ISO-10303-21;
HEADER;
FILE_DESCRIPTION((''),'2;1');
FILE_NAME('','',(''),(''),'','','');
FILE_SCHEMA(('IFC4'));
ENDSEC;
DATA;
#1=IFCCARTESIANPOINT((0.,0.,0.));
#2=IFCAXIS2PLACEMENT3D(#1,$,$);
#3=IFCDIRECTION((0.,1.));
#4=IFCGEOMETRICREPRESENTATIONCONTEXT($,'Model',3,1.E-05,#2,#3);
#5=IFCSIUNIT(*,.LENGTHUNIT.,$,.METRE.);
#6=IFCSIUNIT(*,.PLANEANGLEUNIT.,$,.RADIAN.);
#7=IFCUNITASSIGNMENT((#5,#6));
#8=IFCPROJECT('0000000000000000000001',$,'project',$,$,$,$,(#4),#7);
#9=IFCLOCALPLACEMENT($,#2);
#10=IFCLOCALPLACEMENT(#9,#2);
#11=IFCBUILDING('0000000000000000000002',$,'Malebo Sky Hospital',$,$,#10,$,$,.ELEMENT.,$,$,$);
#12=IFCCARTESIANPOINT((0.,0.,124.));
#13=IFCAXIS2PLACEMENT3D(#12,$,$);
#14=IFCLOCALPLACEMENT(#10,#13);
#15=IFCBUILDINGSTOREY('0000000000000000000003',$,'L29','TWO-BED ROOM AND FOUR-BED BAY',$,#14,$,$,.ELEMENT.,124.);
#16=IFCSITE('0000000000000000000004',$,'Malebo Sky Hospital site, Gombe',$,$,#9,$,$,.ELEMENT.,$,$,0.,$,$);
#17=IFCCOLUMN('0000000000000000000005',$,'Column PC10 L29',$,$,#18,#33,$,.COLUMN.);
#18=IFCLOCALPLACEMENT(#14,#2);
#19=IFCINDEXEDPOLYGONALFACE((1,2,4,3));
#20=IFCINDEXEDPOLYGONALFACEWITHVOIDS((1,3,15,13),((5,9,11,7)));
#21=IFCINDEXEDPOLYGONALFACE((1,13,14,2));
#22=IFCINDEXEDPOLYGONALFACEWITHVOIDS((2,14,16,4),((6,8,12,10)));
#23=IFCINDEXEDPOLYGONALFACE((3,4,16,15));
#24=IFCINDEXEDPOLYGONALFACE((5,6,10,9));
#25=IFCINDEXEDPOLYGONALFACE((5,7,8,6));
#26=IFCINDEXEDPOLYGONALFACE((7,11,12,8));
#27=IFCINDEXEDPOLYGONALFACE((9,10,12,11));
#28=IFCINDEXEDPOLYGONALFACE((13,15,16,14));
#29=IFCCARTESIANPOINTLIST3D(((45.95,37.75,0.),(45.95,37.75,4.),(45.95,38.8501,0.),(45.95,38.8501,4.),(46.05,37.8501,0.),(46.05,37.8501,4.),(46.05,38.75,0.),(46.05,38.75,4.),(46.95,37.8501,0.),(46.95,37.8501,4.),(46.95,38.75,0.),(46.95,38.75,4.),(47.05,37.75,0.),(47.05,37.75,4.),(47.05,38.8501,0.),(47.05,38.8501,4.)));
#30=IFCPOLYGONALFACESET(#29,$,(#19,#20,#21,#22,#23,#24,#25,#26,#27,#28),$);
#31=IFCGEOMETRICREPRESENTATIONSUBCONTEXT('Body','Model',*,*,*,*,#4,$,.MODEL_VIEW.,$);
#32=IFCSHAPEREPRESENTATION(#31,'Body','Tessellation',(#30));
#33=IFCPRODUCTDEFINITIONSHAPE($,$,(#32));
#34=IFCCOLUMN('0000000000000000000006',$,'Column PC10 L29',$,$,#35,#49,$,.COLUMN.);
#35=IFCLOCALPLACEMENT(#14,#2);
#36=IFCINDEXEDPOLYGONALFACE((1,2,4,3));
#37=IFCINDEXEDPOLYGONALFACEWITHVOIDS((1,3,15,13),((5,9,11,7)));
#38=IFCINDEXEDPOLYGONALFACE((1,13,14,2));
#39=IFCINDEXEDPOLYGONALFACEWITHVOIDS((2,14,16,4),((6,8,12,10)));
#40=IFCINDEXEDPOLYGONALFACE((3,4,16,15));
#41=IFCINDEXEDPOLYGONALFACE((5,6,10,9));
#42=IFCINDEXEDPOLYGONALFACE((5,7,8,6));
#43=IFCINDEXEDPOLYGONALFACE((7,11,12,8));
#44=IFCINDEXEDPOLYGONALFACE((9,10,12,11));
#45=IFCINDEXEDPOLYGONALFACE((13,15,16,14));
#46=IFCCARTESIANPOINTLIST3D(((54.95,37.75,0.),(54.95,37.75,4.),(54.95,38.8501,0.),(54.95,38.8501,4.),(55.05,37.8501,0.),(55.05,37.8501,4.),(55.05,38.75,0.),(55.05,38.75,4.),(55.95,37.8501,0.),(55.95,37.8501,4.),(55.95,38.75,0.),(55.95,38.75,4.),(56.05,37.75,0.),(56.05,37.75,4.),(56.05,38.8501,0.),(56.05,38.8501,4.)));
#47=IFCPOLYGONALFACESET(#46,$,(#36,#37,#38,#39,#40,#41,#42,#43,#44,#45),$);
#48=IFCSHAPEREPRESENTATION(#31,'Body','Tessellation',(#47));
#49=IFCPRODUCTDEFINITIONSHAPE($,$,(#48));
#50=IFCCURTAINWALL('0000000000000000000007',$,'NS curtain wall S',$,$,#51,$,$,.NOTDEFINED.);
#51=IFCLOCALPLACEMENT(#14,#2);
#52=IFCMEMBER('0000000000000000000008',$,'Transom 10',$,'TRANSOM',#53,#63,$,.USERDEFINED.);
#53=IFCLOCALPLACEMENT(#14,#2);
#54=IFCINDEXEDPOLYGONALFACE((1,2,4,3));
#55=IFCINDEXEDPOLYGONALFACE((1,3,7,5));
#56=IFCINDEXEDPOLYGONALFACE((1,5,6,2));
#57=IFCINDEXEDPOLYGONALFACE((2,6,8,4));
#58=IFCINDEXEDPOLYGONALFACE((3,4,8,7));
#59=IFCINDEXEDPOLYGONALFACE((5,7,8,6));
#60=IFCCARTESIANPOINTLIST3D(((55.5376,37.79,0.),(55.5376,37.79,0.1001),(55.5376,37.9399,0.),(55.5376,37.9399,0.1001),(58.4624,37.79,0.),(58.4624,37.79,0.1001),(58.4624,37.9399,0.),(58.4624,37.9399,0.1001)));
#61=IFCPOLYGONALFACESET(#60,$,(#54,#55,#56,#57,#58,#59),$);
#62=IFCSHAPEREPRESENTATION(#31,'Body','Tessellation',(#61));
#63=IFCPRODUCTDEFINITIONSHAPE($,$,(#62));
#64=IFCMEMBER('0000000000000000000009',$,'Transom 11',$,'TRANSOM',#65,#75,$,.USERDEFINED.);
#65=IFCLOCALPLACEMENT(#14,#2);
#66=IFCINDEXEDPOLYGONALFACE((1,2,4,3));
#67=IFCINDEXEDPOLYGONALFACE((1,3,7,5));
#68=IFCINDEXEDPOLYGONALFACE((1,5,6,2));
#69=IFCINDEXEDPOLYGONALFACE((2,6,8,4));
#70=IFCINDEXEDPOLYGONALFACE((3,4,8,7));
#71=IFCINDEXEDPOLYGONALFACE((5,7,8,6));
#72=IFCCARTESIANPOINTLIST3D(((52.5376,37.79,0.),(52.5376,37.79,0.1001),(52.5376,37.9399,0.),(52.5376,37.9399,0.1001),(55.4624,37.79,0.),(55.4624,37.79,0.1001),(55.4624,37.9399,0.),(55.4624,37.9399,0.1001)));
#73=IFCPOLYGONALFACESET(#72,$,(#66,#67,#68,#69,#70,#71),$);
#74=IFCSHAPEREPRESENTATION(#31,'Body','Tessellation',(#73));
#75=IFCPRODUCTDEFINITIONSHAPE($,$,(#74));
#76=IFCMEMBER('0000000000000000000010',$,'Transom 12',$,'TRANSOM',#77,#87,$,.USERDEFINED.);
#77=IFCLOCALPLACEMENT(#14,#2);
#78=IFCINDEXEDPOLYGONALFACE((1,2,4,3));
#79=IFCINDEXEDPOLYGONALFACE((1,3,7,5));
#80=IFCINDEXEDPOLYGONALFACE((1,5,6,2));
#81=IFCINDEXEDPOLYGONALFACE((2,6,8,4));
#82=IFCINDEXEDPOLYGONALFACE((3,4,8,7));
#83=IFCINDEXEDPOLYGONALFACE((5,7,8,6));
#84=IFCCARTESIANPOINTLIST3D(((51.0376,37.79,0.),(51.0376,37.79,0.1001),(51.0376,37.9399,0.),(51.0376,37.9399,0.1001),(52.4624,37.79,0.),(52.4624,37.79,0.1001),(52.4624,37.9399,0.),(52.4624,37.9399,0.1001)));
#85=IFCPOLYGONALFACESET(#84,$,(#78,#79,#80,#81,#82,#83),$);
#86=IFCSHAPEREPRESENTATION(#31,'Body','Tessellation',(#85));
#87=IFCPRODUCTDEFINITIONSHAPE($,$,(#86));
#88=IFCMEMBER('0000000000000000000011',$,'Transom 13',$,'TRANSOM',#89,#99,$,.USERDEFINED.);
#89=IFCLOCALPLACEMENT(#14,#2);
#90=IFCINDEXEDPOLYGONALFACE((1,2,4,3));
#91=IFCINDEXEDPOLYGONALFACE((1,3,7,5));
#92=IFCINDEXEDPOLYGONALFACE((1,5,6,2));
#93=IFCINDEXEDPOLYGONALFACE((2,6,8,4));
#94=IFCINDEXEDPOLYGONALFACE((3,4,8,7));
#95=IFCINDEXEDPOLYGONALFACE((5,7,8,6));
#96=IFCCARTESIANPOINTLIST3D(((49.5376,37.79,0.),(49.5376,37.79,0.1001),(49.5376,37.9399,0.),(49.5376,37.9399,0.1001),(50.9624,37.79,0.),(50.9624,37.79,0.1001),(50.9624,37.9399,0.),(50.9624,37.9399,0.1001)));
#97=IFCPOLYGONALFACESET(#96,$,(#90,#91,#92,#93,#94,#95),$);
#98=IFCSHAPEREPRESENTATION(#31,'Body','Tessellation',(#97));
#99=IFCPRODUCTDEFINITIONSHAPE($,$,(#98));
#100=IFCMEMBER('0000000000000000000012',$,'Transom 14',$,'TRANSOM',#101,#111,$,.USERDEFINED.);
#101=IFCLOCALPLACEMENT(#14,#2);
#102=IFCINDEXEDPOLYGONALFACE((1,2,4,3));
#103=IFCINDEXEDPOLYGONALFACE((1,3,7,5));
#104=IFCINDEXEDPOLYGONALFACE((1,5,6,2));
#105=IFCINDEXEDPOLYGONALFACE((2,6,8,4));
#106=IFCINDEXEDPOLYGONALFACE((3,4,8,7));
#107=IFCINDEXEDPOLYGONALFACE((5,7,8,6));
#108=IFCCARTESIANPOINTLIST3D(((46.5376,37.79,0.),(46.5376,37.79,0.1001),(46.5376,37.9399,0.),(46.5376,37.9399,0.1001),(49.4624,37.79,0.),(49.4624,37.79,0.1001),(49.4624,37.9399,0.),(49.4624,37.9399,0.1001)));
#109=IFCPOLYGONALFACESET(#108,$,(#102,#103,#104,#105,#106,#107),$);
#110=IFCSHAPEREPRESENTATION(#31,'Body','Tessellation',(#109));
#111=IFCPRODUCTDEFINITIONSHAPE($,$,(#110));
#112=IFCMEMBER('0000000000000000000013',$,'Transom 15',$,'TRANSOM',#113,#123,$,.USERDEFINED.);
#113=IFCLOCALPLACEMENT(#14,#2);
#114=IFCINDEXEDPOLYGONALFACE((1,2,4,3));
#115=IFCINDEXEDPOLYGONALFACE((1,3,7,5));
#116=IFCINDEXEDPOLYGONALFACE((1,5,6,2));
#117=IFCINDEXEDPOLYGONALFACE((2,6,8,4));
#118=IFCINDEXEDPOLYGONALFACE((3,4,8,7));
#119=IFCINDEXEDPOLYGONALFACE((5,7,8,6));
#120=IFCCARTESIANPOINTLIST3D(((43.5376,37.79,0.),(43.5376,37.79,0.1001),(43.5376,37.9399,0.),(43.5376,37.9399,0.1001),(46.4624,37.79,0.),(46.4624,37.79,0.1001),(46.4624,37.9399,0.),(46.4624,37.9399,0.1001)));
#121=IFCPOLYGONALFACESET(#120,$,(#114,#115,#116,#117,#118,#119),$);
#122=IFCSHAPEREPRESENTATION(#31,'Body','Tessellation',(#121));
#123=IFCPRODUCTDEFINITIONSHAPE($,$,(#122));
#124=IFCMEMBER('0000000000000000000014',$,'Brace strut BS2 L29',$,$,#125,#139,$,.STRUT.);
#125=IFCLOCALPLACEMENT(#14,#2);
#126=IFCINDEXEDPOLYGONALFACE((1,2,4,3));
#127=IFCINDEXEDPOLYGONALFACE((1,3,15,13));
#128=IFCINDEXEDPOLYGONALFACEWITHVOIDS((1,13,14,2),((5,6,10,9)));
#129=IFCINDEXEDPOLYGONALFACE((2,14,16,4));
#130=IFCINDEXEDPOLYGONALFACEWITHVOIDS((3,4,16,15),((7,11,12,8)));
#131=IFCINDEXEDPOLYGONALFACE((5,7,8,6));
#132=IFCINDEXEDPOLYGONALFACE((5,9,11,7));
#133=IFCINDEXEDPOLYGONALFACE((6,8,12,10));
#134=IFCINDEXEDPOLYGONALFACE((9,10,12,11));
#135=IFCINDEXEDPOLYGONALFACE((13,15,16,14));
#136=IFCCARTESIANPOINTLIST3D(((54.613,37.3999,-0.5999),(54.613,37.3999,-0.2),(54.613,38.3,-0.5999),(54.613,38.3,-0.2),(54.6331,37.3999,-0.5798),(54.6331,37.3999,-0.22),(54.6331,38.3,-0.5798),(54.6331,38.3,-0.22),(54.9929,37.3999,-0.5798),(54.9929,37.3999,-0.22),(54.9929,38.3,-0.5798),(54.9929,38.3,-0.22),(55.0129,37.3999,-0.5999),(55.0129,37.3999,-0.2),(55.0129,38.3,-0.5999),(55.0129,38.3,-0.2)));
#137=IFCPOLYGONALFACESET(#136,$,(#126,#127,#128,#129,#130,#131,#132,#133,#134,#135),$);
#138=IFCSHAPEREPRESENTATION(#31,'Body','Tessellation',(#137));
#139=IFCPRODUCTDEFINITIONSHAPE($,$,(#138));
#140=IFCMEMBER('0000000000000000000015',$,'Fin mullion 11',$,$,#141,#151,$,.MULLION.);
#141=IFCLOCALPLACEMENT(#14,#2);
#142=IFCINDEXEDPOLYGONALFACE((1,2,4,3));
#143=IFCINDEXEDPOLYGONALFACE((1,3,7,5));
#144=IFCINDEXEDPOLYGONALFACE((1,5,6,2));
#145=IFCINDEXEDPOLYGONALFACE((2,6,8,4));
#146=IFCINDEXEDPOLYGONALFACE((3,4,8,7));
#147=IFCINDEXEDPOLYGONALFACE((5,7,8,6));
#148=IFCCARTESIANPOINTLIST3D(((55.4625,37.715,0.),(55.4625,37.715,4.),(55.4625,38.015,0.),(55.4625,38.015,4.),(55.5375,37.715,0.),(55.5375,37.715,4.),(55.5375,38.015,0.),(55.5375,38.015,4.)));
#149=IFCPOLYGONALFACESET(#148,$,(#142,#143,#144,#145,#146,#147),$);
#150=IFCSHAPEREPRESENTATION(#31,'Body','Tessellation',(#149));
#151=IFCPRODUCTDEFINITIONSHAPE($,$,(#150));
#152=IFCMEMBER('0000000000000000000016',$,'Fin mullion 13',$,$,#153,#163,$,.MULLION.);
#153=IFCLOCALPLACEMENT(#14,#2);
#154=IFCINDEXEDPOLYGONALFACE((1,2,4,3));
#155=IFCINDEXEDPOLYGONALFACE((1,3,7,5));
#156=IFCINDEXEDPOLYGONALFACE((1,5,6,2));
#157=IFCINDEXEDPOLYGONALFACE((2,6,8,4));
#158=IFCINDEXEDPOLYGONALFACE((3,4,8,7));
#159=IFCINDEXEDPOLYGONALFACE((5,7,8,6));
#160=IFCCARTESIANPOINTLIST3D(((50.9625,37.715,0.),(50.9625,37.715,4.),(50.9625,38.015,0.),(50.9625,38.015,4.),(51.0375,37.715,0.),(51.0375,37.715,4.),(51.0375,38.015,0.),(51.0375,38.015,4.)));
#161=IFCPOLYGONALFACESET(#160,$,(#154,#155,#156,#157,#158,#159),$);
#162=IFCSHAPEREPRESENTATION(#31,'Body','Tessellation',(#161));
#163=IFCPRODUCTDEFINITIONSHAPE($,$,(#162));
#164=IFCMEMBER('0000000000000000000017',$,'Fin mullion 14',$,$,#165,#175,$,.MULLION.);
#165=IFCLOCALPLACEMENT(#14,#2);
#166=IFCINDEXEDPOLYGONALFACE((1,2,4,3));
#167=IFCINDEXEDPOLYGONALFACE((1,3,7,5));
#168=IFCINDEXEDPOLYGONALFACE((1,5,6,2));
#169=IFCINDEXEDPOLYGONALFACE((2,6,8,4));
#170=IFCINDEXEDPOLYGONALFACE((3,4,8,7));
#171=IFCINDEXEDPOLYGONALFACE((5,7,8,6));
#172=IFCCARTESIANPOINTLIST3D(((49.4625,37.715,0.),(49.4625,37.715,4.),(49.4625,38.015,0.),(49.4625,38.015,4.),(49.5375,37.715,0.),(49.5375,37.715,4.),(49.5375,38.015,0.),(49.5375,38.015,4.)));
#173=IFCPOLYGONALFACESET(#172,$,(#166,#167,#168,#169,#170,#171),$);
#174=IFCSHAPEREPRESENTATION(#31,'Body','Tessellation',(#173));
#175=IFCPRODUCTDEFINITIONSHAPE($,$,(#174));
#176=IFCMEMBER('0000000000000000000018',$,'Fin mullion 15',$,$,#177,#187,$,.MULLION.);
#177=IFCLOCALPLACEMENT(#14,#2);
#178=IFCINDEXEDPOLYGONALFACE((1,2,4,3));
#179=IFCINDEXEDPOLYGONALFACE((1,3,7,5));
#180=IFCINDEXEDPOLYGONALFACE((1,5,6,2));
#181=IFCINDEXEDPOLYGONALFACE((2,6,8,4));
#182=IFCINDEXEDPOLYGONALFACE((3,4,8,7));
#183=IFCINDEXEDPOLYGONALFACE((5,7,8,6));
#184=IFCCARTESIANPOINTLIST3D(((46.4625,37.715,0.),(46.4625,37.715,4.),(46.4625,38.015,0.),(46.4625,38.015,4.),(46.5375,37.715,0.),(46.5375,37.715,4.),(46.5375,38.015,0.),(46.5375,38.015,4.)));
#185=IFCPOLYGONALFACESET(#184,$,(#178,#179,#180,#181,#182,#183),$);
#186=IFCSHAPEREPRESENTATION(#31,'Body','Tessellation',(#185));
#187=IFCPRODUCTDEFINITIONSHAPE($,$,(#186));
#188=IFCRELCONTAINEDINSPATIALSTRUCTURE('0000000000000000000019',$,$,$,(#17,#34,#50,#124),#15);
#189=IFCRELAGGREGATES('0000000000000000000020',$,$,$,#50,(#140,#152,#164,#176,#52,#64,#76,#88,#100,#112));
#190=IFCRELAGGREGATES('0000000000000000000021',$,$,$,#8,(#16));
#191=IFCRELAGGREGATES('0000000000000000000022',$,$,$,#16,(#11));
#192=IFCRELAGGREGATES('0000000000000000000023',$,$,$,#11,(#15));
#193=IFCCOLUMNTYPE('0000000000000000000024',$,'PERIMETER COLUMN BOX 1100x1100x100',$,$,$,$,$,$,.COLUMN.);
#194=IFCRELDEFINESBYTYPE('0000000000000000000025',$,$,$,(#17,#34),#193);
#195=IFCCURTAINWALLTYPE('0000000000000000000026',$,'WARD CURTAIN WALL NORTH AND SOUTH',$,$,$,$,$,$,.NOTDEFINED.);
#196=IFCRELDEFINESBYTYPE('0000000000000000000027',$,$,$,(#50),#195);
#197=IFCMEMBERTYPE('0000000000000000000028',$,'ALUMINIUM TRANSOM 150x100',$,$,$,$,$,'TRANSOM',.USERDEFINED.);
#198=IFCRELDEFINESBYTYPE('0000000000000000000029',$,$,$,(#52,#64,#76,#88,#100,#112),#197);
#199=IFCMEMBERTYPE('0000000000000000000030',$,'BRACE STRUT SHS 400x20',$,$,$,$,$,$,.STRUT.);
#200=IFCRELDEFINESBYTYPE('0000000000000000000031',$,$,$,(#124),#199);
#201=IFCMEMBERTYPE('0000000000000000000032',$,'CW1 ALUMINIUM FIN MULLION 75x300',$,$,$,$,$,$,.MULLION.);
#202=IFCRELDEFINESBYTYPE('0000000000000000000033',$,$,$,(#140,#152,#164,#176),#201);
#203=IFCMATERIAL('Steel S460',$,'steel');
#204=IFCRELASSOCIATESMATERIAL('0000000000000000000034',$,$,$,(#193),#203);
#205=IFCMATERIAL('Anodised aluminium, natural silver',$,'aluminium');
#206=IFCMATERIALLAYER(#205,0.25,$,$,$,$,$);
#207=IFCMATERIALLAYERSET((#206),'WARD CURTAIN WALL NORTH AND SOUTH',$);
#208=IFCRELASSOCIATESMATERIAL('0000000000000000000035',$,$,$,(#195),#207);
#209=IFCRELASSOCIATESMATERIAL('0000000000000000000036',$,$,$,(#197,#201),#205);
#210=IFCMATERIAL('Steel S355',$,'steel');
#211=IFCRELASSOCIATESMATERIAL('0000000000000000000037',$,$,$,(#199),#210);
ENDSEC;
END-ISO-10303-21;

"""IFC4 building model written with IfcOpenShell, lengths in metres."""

from ifc_helpers import new_model, si_unit, direction, frame, origin, origin_2d, place, context, subcontext, project, spatial, rectangle, hollow_rectangle, extrude, material, layer, layer_set, material_profile, profile_set, type_object, element, aggregate, save


model = new_model("IFC4")

# Units and contexts
model_context = context("Model", 3, precision=1e-05, world=origin(), true_north=direction((0.0, 1.0)))
body_context = subcontext(model_context, "Body", "Model", "MODEL_VIEW")
ifc_project = project(units=[si_unit("LENGTHUNIT", "METRE"), si_unit("PLANEANGLEUNIT", "RADIAN")], contexts=[model_context])

# Site, building, storey
site_placement = place(None, origin())
site = spatial("IfcSite", under=ifc_project, at=site_placement, Name="Malebo Sky Hospital site, Gombe", CompositionType="ELEMENT", RefElevation=0.0)
building_placement = place(site_placement, origin())
building = spatial("IfcBuilding", under=site, at=building_placement, Name="Malebo Sky Hospital", CompositionType="ELEMENT")
storey_placement = place(building_placement, frame((0.0, 0.0, 124.0)))
storey = spatial("IfcBuildingStorey", under=building, at=storey_placement, Name="L29", Description="TWO-BED ROOM AND FOUR-BED BAY", CompositionType="ELEMENT", Elevation=124.0)

# Columns
ifc_material_1 = material(Name="Steel S460", Category="steel")
ifc_material_profile_1 = material_profile(ifc_material_1, hollow_rectangle(XDim=1.1001, YDim=1.1001, WallThickness=0.1001, at=origin_2d()), Name="BOX 1100x1100x100")
ifc_profile_set_1 = profile_set([ifc_material_profile_1], Name="Steel S460")
column_type = type_object("IfcColumnType", Name="PERIMETER COLUMN BOX 1100x1100x100", PredefinedType="COLUMN", material=ifc_profile_set_1)
for number, where, z_axis, x_axis, name in (
    (1, (46.5, 38.3, 0.0), (0.0, 0.0, 1.0), (1.0, 0.0, 0.0), "Column PC10 L29"),
    (2, (55.5, 38.3, 0.0), (0.0, 0.0, 1.0), (1.0, 0.0, 0.0), "Column PC10 L29"),
):
    element("IfcColumn", number, at=place(storey_placement, frame(where, z_axis=z_axis, x_axis=x_axis)), inside=storey, type_object=column_type, Name=name, PredefinedType="COLUMN", context=body_context, shape_type="SweptSolid", body=[
        extrude(hollow_rectangle(XDim=1.1001, YDim=1.1001, WallThickness=0.1001, at=origin_2d()), origin(), (0.0, 0.0, 1.0), 4.0),
    ])

# Curtain wall, members
ifc_material_2 = material(Name="Anodised aluminium, natural silver", Category="aluminium")
ifc_layer_1 = layer(ifc_material_2, 0.25)
ifc_layer_set_1 = layer_set([ifc_layer_1], Name="WARD CURTAIN WALL NORTH AND SOUTH")
curtain_wall_type = type_object("IfcCurtainWallType", Name="WARD CURTAIN WALL NORTH AND SOUTH", PredefinedType="NOTDEFINED", material=ifc_layer_set_1)
curtain_wall_placement = place(storey_placement, origin())
curtain_wall = element("IfcCurtainWall", 3, at=curtain_wall_placement, inside=storey, type_object=curtain_wall_type, Name="NS curtain wall S", PredefinedType="NOTDEFINED")
ifc_material_profile_2 = material_profile(ifc_material_2, rectangle(XDim=0.1499, YDim=0.1001, at=origin_2d()), Name="ALUMINIUM TRANSOM 150x100")
ifc_profile_set_2 = profile_set([ifc_material_profile_2], Name="Anodised aluminium, natural silver")
member_type_1 = type_object("IfcMemberType", Name="ALUMINIUM TRANSOM 150x100", ElementType="TRANSOM", PredefinedType="USERDEFINED", material=ifc_profile_set_2)
member_1_placement = place(storey_placement, frame((58.4624, 37.865, 0.05), z_axis=(-1.0, 0.0, 0.0), x_axis=(0.0, -1.0, 0.0)))
member_1 = element("IfcMember", 4, at=member_1_placement, type_object=member_type_1, Name="Transom 10", ObjectType="TRANSOM", PredefinedType="USERDEFINED", context=body_context, shape_type="SweptSolid", body=[
    extrude(rectangle(XDim=0.1499, YDim=0.1001, at=origin_2d()), origin(), (0.0, 0.0, 1.0), 2.9248),
])
member_2_placement = place(storey_placement, frame((55.4624, 37.865, 0.05), z_axis=(-1.0, 0.0, 0.0), x_axis=(0.0, -1.0, 0.0)))
member_2 = element("IfcMember", 5, at=member_2_placement, type_object=member_type_1, Name="Transom 11", ObjectType="TRANSOM", PredefinedType="USERDEFINED", context=body_context, shape_type="SweptSolid", body=[
    extrude(rectangle(XDim=0.1499, YDim=0.1001, at=origin_2d()), origin(), (0.0, 0.0, 1.0), 2.9248),
])
member_3_placement = place(storey_placement, frame((52.4624, 37.865, 0.05), z_axis=(-1.0, 0.0, 0.0), x_axis=(0.0, -1.0, 0.0)))
member_3 = element("IfcMember", 6, at=member_3_placement, type_object=member_type_1, Name="Transom 12", ObjectType="TRANSOM", PredefinedType="USERDEFINED", context=body_context, shape_type="SweptSolid", body=[
    extrude(rectangle(XDim=0.1499, YDim=0.1001, at=origin_2d()), origin(), (0.0, 0.0, 1.0), 1.4248),
])
member_4_placement = place(storey_placement, frame((50.9624, 37.865, 0.05), z_axis=(-1.0, 0.0, 0.0), x_axis=(0.0, -1.0, 0.0)))
member_4 = element("IfcMember", 7, at=member_4_placement, type_object=member_type_1, Name="Transom 13", ObjectType="TRANSOM", PredefinedType="USERDEFINED", context=body_context, shape_type="SweptSolid", body=[
    extrude(rectangle(XDim=0.1499, YDim=0.1001, at=origin_2d()), origin(), (0.0, 0.0, 1.0), 1.4248),
])
member_5_placement = place(storey_placement, frame((49.4624, 37.865, 0.05), z_axis=(-1.0, 0.0, 0.0), x_axis=(0.0, -1.0, 0.0)))
member_5 = element("IfcMember", 8, at=member_5_placement, type_object=member_type_1, Name="Transom 14", ObjectType="TRANSOM", PredefinedType="USERDEFINED", context=body_context, shape_type="SweptSolid", body=[
    extrude(rectangle(XDim=0.1499, YDim=0.1001, at=origin_2d()), origin(), (0.0, 0.0, 1.0), 2.9248),
])
member_6_placement = place(storey_placement, frame((46.4624, 37.865, 0.05), z_axis=(-1.0, 0.0, 0.0), x_axis=(0.0, -1.0, 0.0)))
member_6 = element("IfcMember", 9, at=member_6_placement, type_object=member_type_1, Name="Transom 15", ObjectType="TRANSOM", PredefinedType="USERDEFINED", context=body_context, shape_type="SweptSolid", body=[
    extrude(rectangle(XDim=0.1499, YDim=0.1001, at=origin_2d()), origin(), (0.0, 0.0, 1.0), 2.9248),
])

# Members
ifc_material_3 = material(Name="Steel S355", Category="steel")
ifc_material_profile_3 = material_profile(ifc_material_3, hollow_rectangle(XDim=0.3999, YDim=0.3999, WallThickness=0.02, at=origin_2d()), Name="SHS 400x20")
ifc_profile_set_3 = profile_set([ifc_material_profile_3], Name="Steel S355")
member_type_2 = type_object("IfcMemberType", Name="BRACE STRUT SHS 400x20", PredefinedType="STRUT", material=ifc_profile_set_3)
member_7_placement = place(storey_placement, frame((54.813, 37.3999, -0.3999), z_axis=(0.0, 1.0, 0.0), x_axis=(-1.0, 0.0, 0.0)))
element("IfcMember", 10, at=member_7_placement, inside=storey, type_object=member_type_2, Name="Brace strut BS2 L29", PredefinedType="STRUT", context=body_context, shape_type="SweptSolid", body=[
    extrude(hollow_rectangle(XDim=0.3999, YDim=0.3999, WallThickness=0.02, at=origin_2d()), origin(), (0.0, 0.0, 1.0), 0.9001),
])
ifc_material_profile_4 = material_profile(ifc_material_2, rectangle(XDim=0.075, YDim=0.3, at=origin_2d()), Name="CW1 ALUMINIUM FIN MULLION 75x300")
ifc_profile_set_4 = profile_set([ifc_material_profile_4], Name="Anodised aluminium, natural silver")
member_type_3 = type_object("IfcMemberType", Name="CW1 ALUMINIUM FIN MULLION 75x300", PredefinedType="MULLION", material=ifc_profile_set_4)
member_8_placement = place(storey_placement, frame((55.5, 37.865, 0.0), z_axis=(0.0, 0.0, 1.0), x_axis=(-1.0, 0.0, 0.0)))
member_8 = element("IfcMember", 11, at=member_8_placement, type_object=member_type_3, Name="Fin mullion 11", PredefinedType="MULLION", context=body_context, shape_type="SweptSolid", body=[
    extrude(rectangle(XDim=0.075, YDim=0.3, at=origin_2d()), origin(), (0.0, 0.0, 1.0), 4.0),
])
member_9_placement = place(storey_placement, frame((51.0, 37.865, 0.0), z_axis=(0.0, 0.0, 1.0), x_axis=(-1.0, 0.0, 0.0)))
member_9 = element("IfcMember", 12, at=member_9_placement, type_object=member_type_3, Name="Fin mullion 13", PredefinedType="MULLION", context=body_context, shape_type="SweptSolid", body=[
    extrude(rectangle(XDim=0.075, YDim=0.3, at=origin_2d()), origin(), (0.0, 0.0, 1.0), 4.0),
])
member_10_placement = place(storey_placement, frame((49.5, 37.865, 0.0), z_axis=(0.0, 0.0, 1.0), x_axis=(-1.0, 0.0, 0.0)))
member_10 = element("IfcMember", 13, at=member_10_placement, type_object=member_type_3, Name="Fin mullion 14", PredefinedType="MULLION", context=body_context, shape_type="SweptSolid", body=[
    extrude(rectangle(XDim=0.075, YDim=0.3, at=origin_2d()), origin(), (0.0, 0.0, 1.0), 4.0),
])
member_11_placement = place(storey_placement, frame((46.5, 37.865, 0.0), z_axis=(0.0, 0.0, 1.0), x_axis=(-1.0, 0.0, 0.0)))
member_11 = element("IfcMember", 14, at=member_11_placement, type_object=member_type_3, Name="Fin mullion 15", PredefinedType="MULLION", context=body_context, shape_type="SweptSolid", body=[
    extrude(rectangle(XDim=0.075, YDim=0.3, at=origin_2d()), origin(), (0.0, 0.0, 1.0), 4.0),
])

aggregate(curtain_wall, [member_8, member_9, member_10, member_11, member_1, member_2, member_3, member_4, member_5, member_6])

save(model, "model.ifc")
